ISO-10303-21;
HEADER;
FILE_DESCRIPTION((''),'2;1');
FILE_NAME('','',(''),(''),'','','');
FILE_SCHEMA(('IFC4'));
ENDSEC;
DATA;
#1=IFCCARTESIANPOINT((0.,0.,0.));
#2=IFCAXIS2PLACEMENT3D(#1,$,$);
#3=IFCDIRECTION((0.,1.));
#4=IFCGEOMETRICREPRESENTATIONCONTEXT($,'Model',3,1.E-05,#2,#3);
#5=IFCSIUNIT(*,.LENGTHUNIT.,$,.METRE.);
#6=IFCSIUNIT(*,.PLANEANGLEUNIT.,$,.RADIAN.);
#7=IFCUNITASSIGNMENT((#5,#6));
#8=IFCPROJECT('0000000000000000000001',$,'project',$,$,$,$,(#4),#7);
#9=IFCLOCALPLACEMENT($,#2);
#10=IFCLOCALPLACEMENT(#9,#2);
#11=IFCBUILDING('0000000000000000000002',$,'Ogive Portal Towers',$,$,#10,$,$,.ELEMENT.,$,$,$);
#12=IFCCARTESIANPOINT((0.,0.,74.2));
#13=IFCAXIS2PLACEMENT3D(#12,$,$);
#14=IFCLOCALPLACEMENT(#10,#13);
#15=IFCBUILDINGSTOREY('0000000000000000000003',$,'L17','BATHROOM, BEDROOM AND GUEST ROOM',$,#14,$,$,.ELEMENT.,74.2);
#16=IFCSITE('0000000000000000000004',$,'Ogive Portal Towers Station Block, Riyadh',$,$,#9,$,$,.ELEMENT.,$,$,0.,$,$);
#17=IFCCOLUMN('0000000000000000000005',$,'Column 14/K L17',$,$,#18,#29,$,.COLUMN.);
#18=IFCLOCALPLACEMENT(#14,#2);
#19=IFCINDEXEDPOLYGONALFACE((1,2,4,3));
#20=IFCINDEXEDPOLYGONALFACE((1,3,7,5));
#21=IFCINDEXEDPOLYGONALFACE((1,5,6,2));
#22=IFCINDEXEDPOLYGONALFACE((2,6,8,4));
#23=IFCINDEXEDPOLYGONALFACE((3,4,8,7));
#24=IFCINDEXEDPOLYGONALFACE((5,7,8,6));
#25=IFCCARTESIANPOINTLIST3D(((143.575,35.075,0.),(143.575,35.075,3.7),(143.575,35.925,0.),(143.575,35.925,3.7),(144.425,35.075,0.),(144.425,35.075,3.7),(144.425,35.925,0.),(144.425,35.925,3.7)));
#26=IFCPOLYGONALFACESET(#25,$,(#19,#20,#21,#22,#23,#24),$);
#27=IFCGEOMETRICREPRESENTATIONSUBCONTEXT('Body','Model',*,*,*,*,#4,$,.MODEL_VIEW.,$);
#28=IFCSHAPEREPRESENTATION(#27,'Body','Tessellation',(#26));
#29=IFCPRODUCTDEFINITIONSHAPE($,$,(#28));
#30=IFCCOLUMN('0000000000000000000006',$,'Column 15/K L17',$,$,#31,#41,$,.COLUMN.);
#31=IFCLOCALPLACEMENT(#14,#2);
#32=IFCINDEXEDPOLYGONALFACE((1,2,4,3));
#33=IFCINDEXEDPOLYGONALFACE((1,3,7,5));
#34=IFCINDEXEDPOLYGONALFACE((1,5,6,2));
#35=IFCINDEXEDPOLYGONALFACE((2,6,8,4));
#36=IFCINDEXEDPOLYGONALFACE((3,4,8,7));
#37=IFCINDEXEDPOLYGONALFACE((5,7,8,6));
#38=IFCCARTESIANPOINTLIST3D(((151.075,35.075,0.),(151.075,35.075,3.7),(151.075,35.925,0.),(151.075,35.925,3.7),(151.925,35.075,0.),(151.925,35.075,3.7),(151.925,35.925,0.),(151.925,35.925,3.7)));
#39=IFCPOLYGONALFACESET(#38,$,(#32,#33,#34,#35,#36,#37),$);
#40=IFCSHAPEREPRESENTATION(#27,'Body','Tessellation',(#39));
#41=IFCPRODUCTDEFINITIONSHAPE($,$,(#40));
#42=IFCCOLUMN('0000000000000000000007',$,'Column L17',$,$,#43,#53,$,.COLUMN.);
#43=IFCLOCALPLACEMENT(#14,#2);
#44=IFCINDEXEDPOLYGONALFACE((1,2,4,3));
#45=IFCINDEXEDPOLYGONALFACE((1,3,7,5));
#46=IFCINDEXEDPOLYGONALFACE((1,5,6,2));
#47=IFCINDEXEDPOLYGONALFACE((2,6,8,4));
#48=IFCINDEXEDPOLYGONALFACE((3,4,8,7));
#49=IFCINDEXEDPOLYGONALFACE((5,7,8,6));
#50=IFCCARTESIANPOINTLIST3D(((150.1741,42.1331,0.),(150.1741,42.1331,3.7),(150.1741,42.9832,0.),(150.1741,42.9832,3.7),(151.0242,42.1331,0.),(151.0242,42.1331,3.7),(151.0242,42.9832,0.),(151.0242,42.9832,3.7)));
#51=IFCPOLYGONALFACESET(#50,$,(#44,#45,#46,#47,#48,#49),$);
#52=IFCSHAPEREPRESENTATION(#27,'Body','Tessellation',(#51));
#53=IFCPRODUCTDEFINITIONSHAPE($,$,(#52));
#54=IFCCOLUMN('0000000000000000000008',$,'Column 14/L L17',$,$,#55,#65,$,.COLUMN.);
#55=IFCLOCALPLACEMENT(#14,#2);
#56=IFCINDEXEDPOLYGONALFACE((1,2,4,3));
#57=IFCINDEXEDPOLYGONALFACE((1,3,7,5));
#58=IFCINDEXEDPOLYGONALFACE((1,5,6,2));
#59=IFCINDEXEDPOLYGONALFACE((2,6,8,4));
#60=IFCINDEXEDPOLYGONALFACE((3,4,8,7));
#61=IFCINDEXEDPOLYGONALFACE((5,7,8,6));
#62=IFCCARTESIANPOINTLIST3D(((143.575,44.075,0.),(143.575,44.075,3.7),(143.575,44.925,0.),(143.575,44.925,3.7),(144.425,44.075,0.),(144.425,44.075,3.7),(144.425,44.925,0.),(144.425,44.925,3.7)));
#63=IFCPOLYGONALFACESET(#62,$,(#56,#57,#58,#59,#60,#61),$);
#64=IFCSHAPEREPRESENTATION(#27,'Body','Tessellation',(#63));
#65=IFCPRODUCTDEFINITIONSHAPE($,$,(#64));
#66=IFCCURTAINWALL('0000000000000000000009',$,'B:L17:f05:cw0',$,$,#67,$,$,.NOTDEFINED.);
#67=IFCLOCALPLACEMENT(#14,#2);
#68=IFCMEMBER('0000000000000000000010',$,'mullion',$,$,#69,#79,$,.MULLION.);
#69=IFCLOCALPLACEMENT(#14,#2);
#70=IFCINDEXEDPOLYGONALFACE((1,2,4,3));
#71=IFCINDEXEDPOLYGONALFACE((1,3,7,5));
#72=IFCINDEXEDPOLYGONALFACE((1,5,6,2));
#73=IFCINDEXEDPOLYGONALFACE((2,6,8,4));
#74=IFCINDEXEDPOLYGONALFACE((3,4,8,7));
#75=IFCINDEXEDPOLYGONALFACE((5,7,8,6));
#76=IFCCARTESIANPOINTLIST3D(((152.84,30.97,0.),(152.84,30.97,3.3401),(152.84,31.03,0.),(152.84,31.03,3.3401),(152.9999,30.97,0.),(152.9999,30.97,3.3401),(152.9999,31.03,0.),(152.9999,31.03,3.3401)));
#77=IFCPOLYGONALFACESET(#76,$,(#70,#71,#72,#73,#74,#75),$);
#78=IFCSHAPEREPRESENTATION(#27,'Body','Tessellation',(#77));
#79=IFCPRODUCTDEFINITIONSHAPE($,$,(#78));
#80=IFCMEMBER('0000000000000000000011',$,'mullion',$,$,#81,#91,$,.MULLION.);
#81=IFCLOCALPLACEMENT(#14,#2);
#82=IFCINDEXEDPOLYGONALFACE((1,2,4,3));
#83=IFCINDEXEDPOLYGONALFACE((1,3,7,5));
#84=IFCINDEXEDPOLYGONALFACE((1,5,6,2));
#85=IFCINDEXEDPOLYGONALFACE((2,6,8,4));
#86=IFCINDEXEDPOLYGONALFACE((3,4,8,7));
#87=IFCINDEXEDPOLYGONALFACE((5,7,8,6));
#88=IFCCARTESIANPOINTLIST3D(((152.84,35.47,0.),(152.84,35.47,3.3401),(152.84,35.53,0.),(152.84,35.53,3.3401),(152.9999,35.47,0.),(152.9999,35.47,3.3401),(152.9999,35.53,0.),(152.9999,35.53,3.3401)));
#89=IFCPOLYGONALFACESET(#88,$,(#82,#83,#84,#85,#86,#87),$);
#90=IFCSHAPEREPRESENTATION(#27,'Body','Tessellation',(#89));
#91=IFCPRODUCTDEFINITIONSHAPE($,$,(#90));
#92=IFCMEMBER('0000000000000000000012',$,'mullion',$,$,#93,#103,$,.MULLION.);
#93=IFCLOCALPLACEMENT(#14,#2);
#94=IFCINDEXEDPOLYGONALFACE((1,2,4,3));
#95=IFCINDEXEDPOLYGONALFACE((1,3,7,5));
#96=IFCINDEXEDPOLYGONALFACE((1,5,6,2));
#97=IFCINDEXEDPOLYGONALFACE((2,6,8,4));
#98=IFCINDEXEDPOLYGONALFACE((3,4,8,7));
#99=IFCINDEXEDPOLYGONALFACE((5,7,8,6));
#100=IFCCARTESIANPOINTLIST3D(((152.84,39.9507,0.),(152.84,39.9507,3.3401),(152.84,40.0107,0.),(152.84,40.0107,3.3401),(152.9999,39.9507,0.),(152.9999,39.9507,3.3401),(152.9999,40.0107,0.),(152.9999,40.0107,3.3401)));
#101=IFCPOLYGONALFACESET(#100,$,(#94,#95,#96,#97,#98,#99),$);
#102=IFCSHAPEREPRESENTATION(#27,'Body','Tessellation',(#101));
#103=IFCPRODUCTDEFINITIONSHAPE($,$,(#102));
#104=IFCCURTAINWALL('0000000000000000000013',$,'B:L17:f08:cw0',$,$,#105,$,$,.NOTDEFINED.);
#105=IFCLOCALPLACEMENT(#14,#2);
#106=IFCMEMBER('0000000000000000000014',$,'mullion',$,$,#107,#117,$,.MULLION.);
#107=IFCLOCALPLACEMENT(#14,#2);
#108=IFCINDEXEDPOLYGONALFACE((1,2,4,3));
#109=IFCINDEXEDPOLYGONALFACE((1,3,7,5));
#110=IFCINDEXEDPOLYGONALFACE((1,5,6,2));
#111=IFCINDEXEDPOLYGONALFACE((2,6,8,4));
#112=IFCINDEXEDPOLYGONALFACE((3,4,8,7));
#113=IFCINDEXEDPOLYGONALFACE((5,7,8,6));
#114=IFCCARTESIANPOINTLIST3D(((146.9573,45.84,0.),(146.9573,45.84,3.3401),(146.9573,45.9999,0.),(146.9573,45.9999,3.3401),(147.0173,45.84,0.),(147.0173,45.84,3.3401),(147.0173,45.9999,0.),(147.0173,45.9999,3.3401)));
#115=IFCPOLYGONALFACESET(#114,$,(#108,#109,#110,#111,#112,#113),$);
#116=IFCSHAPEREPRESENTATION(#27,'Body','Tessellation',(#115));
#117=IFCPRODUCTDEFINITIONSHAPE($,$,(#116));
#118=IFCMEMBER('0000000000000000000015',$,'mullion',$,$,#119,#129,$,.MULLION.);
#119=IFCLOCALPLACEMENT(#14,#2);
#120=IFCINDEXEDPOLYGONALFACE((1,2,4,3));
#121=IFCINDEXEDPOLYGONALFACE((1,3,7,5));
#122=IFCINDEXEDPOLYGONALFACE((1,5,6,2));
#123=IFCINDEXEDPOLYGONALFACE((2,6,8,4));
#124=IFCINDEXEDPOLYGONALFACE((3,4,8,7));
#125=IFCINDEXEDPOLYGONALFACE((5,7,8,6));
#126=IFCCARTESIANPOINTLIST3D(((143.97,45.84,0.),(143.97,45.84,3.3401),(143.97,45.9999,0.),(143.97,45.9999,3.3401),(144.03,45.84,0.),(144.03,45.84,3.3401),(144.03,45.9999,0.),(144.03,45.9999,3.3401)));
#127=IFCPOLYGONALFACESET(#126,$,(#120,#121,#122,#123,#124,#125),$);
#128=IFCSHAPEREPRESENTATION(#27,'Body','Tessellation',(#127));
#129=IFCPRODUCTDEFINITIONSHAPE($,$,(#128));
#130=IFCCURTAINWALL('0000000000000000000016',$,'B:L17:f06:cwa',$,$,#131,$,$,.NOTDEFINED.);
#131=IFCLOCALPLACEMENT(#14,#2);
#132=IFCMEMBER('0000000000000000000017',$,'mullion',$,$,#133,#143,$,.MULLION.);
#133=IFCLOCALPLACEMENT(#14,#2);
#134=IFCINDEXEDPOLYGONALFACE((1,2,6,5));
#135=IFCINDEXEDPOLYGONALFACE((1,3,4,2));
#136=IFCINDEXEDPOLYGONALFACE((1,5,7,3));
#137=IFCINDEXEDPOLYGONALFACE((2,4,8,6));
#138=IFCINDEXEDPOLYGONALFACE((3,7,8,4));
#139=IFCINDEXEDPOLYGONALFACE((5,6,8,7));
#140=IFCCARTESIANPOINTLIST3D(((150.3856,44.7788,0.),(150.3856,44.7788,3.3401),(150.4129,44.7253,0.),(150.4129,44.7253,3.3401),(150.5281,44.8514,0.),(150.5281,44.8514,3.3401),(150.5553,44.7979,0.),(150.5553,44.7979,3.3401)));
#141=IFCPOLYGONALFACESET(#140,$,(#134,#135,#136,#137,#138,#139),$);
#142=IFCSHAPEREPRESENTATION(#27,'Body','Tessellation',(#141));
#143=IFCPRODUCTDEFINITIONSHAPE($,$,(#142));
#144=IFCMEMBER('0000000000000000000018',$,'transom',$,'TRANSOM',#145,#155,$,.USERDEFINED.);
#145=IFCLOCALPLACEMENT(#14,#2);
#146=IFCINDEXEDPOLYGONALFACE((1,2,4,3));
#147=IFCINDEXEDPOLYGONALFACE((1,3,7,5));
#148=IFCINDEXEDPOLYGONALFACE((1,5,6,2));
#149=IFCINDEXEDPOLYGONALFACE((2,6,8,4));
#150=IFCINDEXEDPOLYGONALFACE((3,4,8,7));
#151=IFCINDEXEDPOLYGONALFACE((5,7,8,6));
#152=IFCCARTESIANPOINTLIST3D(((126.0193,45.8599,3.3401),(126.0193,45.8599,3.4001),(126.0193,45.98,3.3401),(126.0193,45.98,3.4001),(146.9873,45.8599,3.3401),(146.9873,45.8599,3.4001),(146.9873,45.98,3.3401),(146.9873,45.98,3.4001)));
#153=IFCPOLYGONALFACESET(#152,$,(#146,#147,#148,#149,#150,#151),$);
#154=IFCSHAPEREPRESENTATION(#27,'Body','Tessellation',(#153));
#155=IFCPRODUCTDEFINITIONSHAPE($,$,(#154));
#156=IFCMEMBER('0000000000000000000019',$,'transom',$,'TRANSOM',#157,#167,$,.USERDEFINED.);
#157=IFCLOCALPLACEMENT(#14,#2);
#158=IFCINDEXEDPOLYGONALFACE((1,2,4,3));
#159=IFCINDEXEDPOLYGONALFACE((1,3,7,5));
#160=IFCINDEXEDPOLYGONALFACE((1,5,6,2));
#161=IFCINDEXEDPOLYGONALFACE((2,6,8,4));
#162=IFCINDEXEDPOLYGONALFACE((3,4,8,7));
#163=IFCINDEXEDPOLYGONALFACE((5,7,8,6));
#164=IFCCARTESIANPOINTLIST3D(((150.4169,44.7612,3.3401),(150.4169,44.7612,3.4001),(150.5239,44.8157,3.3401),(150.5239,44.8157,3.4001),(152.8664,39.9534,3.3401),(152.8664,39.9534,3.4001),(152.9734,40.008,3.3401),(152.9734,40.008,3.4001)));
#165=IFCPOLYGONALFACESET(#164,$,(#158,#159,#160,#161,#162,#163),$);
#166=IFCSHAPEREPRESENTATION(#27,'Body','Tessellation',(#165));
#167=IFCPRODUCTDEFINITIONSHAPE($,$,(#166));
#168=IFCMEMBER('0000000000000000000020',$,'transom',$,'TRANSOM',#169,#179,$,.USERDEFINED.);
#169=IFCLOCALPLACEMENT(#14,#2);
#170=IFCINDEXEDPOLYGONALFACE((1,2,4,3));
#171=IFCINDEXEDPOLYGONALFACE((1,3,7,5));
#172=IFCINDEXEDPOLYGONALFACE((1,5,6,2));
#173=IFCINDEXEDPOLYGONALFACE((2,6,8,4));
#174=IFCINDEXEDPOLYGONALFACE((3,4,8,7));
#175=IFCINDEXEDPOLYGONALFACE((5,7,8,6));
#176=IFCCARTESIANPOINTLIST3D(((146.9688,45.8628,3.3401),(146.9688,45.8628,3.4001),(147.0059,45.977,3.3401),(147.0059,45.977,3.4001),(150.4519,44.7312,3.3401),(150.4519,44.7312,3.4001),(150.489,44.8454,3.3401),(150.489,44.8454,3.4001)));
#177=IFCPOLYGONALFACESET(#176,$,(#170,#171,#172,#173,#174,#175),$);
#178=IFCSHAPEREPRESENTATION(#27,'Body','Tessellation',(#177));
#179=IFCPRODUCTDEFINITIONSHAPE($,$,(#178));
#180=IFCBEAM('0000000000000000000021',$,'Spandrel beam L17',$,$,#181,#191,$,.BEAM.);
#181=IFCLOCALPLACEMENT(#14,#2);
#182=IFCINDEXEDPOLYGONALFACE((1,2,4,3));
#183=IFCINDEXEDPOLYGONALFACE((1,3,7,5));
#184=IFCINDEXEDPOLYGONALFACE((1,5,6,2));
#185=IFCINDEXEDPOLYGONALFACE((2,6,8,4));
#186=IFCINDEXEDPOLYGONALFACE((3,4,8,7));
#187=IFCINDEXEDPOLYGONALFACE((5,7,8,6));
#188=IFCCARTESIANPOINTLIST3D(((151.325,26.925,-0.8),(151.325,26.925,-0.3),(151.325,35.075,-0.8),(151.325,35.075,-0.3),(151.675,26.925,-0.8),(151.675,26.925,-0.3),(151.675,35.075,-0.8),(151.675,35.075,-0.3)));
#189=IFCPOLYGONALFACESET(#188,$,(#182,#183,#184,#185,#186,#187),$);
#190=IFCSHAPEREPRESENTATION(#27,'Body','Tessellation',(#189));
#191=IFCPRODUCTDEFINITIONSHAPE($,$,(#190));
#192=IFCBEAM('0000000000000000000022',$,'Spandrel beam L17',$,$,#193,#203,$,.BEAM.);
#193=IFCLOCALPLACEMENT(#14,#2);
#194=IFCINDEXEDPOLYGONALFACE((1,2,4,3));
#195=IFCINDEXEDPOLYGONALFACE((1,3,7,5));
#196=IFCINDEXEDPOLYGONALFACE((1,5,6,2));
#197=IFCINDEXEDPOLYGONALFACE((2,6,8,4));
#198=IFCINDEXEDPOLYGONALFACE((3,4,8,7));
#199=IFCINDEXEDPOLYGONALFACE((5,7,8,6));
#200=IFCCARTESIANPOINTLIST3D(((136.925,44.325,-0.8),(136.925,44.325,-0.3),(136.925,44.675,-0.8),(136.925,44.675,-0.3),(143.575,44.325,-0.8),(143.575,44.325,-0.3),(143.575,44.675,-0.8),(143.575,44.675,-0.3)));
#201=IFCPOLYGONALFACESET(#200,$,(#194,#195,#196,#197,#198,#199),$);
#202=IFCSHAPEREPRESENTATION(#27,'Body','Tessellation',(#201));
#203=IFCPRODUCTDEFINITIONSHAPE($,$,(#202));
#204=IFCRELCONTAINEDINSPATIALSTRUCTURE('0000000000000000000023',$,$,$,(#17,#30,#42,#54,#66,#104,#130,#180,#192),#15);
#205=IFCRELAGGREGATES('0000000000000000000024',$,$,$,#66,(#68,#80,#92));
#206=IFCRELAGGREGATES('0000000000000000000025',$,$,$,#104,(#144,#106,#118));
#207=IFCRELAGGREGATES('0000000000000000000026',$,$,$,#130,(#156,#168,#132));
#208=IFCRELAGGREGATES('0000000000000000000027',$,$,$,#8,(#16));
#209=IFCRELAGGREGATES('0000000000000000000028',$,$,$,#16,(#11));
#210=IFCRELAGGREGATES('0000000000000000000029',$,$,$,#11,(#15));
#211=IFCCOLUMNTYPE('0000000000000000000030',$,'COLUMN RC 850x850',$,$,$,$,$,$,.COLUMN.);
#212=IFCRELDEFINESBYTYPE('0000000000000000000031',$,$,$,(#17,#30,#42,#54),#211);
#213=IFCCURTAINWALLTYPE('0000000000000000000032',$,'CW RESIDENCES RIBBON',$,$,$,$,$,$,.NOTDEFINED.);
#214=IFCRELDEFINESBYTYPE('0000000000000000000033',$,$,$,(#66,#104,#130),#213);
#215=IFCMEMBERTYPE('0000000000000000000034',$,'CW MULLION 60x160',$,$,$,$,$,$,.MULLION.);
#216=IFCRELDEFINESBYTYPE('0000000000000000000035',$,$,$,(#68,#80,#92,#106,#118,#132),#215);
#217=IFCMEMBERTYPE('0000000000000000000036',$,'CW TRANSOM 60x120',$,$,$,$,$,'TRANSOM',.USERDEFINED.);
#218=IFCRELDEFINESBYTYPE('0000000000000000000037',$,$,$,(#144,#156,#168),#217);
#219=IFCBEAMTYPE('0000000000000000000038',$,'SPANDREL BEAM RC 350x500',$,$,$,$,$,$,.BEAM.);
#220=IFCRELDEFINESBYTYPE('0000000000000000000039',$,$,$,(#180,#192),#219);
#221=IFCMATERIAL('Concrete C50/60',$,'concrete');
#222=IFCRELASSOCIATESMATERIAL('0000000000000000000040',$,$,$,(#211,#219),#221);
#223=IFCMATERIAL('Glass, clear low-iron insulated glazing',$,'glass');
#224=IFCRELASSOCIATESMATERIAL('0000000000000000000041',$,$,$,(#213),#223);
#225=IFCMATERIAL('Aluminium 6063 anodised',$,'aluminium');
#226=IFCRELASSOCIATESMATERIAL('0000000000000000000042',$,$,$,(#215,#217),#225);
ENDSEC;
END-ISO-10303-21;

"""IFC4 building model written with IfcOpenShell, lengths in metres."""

from ifc_helpers import new_model, si_unit, direction, frame, origin, origin_2d, place, context, subcontext, project, spatial, rectangle, extrude, material, material_profile, profile_set, type_object, element, aggregate, save


model = new_model("IFC4")

# Units and contexts
model_context = context("Model", 3, precision=1e-05, world=origin(), true_north=direction((0.0, 1.0)))
body_context = subcontext(model_context, "Body", "Model", "MODEL_VIEW")
ifc_project = project(units=[si_unit("LENGTHUNIT", "METRE"), si_unit("PLANEANGLEUNIT", "RADIAN")], contexts=[model_context])

# Site, building, storey
site_placement = place(None, origin())
site = spatial("IfcSite", under=ifc_project, at=site_placement, Name="Ogive Portal Towers Station Block, Riyadh", CompositionType="ELEMENT", RefElevation=0.0)
building_placement = place(site_placement, origin())
building = spatial("IfcBuilding", under=site, at=building_placement, Name="Ogive Portal Towers", CompositionType="ELEMENT")
storey_placement = place(building_placement, frame((0.0, 0.0, 74.2)))
storey = spatial("IfcBuildingStorey", under=building, at=storey_placement, Name="L17", Description="BATHROOM, BEDROOM AND GUEST ROOM", CompositionType="ELEMENT", Elevation=74.2)

# Columns
ifc_material_1 = material(Name="Concrete C50/60", Category="concrete")
ifc_material_profile_1 = material_profile(ifc_material_1, rectangle(XDim=0.8501, YDim=0.8501, at=origin_2d()), Name="RC 850x850")
ifc_profile_set_1 = profile_set([ifc_material_profile_1], Name="Concrete C50/60")
column_type = type_object("IfcColumnType", Name="COLUMN RC 850x850", PredefinedType="COLUMN", material=ifc_profile_set_1)
for number, where, z_axis, x_axis, name in (
    (1, (144.0, 35.5, 0.0), (0.0, 0.0, 1.0), (1.0, 0.0, 0.0), "Column 14/K L17"),
    (2, (151.5, 35.5, 0.0), (0.0, 0.0, 1.0), (1.0, 0.0, 0.0), "Column 15/K L17"),
    (3, (150.5991, 42.5581, 0.0), (0.0, 0.0, 1.0), (1.0, 0.0, 0.0), "Column L17"),
    (4, (144.0, 44.5, 0.0), (0.0, 0.0, 1.0), (1.0, 0.0, 0.0), "Column 14/L L17"),
):
    element("IfcColumn", number, at=place(storey_placement, frame(where, z_axis=z_axis, x_axis=x_axis)), inside=storey, type_object=column_type, Name=name, PredefinedType="COLUMN", context=body_context, shape_type="SweptSolid", body=[
        extrude(rectangle(XDim=0.8501, YDim=0.8501, at=origin_2d()), origin(), (0.0, 0.0, 1.0), 3.7),
    ])

# Curtain walls, members
ifc_material_2 = material(Name="Glass, clear low-iron insulated glazing", Category="glass")
curtain_wall_type = type_object("IfcCurtainWallType", Name="CW RESIDENCES RIBBON", PredefinedType="NOTDEFINED", material=ifc_material_2)
curtain_wall_1_placement = place(storey_placement, origin())
curtain_wall_1 = element("IfcCurtainWall", 5, at=curtain_wall_1_placement, inside=storey, type_object=curtain_wall_type, Name="B:L17:f05:cw0", PredefinedType="NOTDEFINED")
ifc_material_3 = material(Name="Aluminium 6063 anodised", Category="aluminium")
ifc_material_profile_2 = material_profile(ifc_material_3, rectangle(XDim=0.1599, YDim=0.0601, at=origin_2d()), Name="AL 60x160")
ifc_profile_set_2 = profile_set([ifc_material_profile_2], Name="Aluminium 6063 anodised")
member_type_1 = type_object("IfcMemberType", Name="CW MULLION 60x160", PredefinedType="MULLION", material=ifc_profile_set_2)
member_1_placement = place(storey_placement, frame((152.9199, 31.0, 0.0), z_axis=(0.0, 0.0, 1.0), x_axis=(-1.0, 0.0, 0.0)))
member_1 = element("IfcMember", 6, at=member_1_placement, type_object=member_type_1, Name="mullion", PredefinedType="MULLION", context=body_context, shape_type="SweptSolid", body=[
    extrude(rectangle(XDim=0.1599, YDim=0.0601, at=origin_2d()), origin(), (0.0, 0.0, 1.0), 3.3401),
])
member_2_placement = place(storey_placement, frame((152.9199, 35.5, 0.0), z_axis=(0.0, 0.0, 1.0), x_axis=(-1.0, 0.0, 0.0)))
member_2 = element("IfcMember", 7, at=member_2_placement, type_object=member_type_1, Name="mullion", PredefinedType="MULLION", context=body_context, shape_type="SweptSolid", body=[
    extrude(rectangle(XDim=0.1599, YDim=0.0601, at=origin_2d()), origin(), (0.0, 0.0, 1.0), 3.3401),
])
member_3_placement = place(storey_placement, frame((152.9199, 39.9807, 0.0), z_axis=(0.0, 0.0, 1.0), x_axis=(-1.0, 0.0, 0.0)))
member_3 = element("IfcMember", 8, at=member_3_placement, type_object=member_type_1, Name="mullion", PredefinedType="MULLION", context=body_context, shape_type="SweptSolid", body=[
    extrude(rectangle(XDim=0.1599, YDim=0.0601, at=origin_2d()), origin(), (0.0, 0.0, 1.0), 3.3401),
])
curtain_wall_2_placement = place(storey_placement, origin())
curtain_wall_2 = element("IfcCurtainWall", 9, at=curtain_wall_2_placement, inside=storey, type_object=curtain_wall_type, Name="B:L17:f08:cw0", PredefinedType="NOTDEFINED")
member_4_placement = place(storey_placement, frame((146.9873, 45.9199, 0.0), z_axis=(0.0, 0.0, 1.0), x_axis=(0.0, -1.0, 0.0)))
member_4 = element("IfcMember", 10, at=member_4_placement, type_object=member_type_1, Name="mullion", PredefinedType="MULLION", context=body_context, shape_type="SweptSolid", body=[
    extrude(rectangle(XDim=0.1599, YDim=0.0601, at=origin_2d()), origin(), (0.0, 0.0, 1.0), 3.3401),
])
member_5_placement = place(storey_placement, frame((144.0, 45.9199, 0.0), z_axis=(0.0, 0.0, 1.0), x_axis=(0.0, -1.0, 0.0)))
member_5 = element("IfcMember", 11, at=member_5_placement, type_object=member_type_1, Name="mullion", PredefinedType="MULLION", context=body_context, shape_type="SweptSolid", body=[
    extrude(rectangle(XDim=0.1599, YDim=0.0601, at=origin_2d()), origin(), (0.0, 0.0, 1.0), 3.3401),
])

# Curtain wall, member
curtain_wall_3_placement = place(storey_placement, origin())
curtain_wall_3 = element("IfcCurtainWall", 12, at=curtain_wall_3_placement, inside=storey, type_object=curtain_wall_type, Name="B:L17:f06:cwa", PredefinedType="NOTDEFINED")
member_6_placement = place(storey_placement, frame((150.4705, 44.7883, 0.0), z_axis=(0.0, 0.0, 1.0), x_axis=(-0.891007, -0.45399, 0.0)))
member_6 = element("IfcMember", 13, at=member_6_placement, type_object=member_type_1, Name="mullion", PredefinedType="MULLION", context=body_context, shape_type="SweptSolid", body=[
    extrude(rectangle(XDim=0.1599, YDim=0.0601, at=origin_2d()), origin(), (0.0, 0.0, 1.0), 3.3401),
])

# Members
ifc_material_profile_3 = material_profile(ifc_material_3, rectangle(XDim=0.1201, YDim=0.0601, at=origin_2d()), Name="AL 120x60")
ifc_profile_set_3 = profile_set([ifc_material_profile_3], Name="Aluminium 6063 anodised")
member_type_2 = type_object("IfcMemberType", Name="CW TRANSOM 60x120", ElementType="TRANSOM", PredefinedType="USERDEFINED", material=ifc_profile_set_3)
member_7_placement = place(storey_placement, frame((146.9873, 45.9199, 3.3701), z_axis=(-1.0, 0.0, 0.0), x_axis=(0.0, -1.0, 0.0)))
member_7 = element("IfcMember", 14, at=member_7_placement, type_object=member_type_2, Name="transom", ObjectType="TRANSOM", PredefinedType="USERDEFINED", context=body_context, shape_type="SweptSolid", body=[
    extrude(rectangle(XDim=0.1201, YDim=0.0601, at=origin_2d()), origin(), (0.0, 0.0, 1.0), 20.968),
])
member_8_placement = place(storey_placement, frame((152.9199, 39.9807, 3.3701), z_axis=(-0.45397, 0.891017, 0.0), x_axis=(-0.891017, -0.45397, 0.0)))
member_8 = element("IfcMember", 15, at=member_8_placement, type_object=member_type_2, Name="transom", ObjectType="TRANSOM", PredefinedType="USERDEFINED", context=body_context, shape_type="SweptSolid", body=[
    extrude(rectangle(XDim=0.1201, YDim=0.0601, at=origin_2d()), origin(), (0.0, 0.0, 1.0), 5.3958),
])
member_9_placement = place(storey_placement, frame((150.4705, 44.7883, 3.3701), z_axis=(-0.951069, 0.308979, 0.0), x_axis=(-0.308979, -0.951069, 0.0)))
member_9 = element("IfcMember", 16, at=member_9_placement, type_object=member_type_2, Name="transom", ObjectType="TRANSOM", PredefinedType="USERDEFINED", context=body_context, shape_type="SweptSolid", body=[
    extrude(rectangle(XDim=0.1201, YDim=0.0601, at=origin_2d()), origin(), (0.0, 0.0, 1.0), 3.6624),
])

# Beams
ifc_material_profile_4 = material_profile(ifc_material_1, rectangle(XDim=0.3501, YDim=0.5, at=origin_2d()), Name="RC 350x500")
ifc_profile_set_4 = profile_set([ifc_material_profile_4], Name="Concrete C50/60")
beam_type = type_object("IfcBeamType", Name="SPANDREL BEAM RC 350x500", PredefinedType="BEAM", material=ifc_profile_set_4)
beam_1_placement = place(storey_placement, frame((151.5, 26.925, -0.55), z_axis=(0.0, 1.0, 0.0), x_axis=(-1.0, 0.0, 0.0)))
element("IfcBeam", 17, at=beam_1_placement, inside=storey, type_object=beam_type, Name="Spandrel beam L17", PredefinedType="BEAM", context=body_context, shape_type="SweptSolid", body=[
    extrude(rectangle(XDim=0.3501, YDim=0.5, at=origin_2d()), origin(), (0.0, 0.0, 1.0), 8.1499),
])
beam_2_placement = place(storey_placement, frame((143.575, 44.5, -0.55), z_axis=(-1.0, 0.0, 0.0), x_axis=(0.0, -1.0, 0.0)))
element("IfcBeam", 18, at=beam_2_placement, inside=storey, type_object=beam_type, Name="Spandrel beam L17", PredefinedType="BEAM", context=body_context, shape_type="SweptSolid", body=[
    extrude(rectangle(XDim=0.3501, YDim=0.5, at=origin_2d()), origin(), (0.0, 0.0, 1.0), 6.6499),
])

aggregate(curtain_wall_1, [member_1, member_2, member_3])
aggregate(curtain_wall_2, [member_7, member_4, member_5])
aggregate(curtain_wall_3, [member_8, member_9, member_6])

save(model, "model.ifc")
